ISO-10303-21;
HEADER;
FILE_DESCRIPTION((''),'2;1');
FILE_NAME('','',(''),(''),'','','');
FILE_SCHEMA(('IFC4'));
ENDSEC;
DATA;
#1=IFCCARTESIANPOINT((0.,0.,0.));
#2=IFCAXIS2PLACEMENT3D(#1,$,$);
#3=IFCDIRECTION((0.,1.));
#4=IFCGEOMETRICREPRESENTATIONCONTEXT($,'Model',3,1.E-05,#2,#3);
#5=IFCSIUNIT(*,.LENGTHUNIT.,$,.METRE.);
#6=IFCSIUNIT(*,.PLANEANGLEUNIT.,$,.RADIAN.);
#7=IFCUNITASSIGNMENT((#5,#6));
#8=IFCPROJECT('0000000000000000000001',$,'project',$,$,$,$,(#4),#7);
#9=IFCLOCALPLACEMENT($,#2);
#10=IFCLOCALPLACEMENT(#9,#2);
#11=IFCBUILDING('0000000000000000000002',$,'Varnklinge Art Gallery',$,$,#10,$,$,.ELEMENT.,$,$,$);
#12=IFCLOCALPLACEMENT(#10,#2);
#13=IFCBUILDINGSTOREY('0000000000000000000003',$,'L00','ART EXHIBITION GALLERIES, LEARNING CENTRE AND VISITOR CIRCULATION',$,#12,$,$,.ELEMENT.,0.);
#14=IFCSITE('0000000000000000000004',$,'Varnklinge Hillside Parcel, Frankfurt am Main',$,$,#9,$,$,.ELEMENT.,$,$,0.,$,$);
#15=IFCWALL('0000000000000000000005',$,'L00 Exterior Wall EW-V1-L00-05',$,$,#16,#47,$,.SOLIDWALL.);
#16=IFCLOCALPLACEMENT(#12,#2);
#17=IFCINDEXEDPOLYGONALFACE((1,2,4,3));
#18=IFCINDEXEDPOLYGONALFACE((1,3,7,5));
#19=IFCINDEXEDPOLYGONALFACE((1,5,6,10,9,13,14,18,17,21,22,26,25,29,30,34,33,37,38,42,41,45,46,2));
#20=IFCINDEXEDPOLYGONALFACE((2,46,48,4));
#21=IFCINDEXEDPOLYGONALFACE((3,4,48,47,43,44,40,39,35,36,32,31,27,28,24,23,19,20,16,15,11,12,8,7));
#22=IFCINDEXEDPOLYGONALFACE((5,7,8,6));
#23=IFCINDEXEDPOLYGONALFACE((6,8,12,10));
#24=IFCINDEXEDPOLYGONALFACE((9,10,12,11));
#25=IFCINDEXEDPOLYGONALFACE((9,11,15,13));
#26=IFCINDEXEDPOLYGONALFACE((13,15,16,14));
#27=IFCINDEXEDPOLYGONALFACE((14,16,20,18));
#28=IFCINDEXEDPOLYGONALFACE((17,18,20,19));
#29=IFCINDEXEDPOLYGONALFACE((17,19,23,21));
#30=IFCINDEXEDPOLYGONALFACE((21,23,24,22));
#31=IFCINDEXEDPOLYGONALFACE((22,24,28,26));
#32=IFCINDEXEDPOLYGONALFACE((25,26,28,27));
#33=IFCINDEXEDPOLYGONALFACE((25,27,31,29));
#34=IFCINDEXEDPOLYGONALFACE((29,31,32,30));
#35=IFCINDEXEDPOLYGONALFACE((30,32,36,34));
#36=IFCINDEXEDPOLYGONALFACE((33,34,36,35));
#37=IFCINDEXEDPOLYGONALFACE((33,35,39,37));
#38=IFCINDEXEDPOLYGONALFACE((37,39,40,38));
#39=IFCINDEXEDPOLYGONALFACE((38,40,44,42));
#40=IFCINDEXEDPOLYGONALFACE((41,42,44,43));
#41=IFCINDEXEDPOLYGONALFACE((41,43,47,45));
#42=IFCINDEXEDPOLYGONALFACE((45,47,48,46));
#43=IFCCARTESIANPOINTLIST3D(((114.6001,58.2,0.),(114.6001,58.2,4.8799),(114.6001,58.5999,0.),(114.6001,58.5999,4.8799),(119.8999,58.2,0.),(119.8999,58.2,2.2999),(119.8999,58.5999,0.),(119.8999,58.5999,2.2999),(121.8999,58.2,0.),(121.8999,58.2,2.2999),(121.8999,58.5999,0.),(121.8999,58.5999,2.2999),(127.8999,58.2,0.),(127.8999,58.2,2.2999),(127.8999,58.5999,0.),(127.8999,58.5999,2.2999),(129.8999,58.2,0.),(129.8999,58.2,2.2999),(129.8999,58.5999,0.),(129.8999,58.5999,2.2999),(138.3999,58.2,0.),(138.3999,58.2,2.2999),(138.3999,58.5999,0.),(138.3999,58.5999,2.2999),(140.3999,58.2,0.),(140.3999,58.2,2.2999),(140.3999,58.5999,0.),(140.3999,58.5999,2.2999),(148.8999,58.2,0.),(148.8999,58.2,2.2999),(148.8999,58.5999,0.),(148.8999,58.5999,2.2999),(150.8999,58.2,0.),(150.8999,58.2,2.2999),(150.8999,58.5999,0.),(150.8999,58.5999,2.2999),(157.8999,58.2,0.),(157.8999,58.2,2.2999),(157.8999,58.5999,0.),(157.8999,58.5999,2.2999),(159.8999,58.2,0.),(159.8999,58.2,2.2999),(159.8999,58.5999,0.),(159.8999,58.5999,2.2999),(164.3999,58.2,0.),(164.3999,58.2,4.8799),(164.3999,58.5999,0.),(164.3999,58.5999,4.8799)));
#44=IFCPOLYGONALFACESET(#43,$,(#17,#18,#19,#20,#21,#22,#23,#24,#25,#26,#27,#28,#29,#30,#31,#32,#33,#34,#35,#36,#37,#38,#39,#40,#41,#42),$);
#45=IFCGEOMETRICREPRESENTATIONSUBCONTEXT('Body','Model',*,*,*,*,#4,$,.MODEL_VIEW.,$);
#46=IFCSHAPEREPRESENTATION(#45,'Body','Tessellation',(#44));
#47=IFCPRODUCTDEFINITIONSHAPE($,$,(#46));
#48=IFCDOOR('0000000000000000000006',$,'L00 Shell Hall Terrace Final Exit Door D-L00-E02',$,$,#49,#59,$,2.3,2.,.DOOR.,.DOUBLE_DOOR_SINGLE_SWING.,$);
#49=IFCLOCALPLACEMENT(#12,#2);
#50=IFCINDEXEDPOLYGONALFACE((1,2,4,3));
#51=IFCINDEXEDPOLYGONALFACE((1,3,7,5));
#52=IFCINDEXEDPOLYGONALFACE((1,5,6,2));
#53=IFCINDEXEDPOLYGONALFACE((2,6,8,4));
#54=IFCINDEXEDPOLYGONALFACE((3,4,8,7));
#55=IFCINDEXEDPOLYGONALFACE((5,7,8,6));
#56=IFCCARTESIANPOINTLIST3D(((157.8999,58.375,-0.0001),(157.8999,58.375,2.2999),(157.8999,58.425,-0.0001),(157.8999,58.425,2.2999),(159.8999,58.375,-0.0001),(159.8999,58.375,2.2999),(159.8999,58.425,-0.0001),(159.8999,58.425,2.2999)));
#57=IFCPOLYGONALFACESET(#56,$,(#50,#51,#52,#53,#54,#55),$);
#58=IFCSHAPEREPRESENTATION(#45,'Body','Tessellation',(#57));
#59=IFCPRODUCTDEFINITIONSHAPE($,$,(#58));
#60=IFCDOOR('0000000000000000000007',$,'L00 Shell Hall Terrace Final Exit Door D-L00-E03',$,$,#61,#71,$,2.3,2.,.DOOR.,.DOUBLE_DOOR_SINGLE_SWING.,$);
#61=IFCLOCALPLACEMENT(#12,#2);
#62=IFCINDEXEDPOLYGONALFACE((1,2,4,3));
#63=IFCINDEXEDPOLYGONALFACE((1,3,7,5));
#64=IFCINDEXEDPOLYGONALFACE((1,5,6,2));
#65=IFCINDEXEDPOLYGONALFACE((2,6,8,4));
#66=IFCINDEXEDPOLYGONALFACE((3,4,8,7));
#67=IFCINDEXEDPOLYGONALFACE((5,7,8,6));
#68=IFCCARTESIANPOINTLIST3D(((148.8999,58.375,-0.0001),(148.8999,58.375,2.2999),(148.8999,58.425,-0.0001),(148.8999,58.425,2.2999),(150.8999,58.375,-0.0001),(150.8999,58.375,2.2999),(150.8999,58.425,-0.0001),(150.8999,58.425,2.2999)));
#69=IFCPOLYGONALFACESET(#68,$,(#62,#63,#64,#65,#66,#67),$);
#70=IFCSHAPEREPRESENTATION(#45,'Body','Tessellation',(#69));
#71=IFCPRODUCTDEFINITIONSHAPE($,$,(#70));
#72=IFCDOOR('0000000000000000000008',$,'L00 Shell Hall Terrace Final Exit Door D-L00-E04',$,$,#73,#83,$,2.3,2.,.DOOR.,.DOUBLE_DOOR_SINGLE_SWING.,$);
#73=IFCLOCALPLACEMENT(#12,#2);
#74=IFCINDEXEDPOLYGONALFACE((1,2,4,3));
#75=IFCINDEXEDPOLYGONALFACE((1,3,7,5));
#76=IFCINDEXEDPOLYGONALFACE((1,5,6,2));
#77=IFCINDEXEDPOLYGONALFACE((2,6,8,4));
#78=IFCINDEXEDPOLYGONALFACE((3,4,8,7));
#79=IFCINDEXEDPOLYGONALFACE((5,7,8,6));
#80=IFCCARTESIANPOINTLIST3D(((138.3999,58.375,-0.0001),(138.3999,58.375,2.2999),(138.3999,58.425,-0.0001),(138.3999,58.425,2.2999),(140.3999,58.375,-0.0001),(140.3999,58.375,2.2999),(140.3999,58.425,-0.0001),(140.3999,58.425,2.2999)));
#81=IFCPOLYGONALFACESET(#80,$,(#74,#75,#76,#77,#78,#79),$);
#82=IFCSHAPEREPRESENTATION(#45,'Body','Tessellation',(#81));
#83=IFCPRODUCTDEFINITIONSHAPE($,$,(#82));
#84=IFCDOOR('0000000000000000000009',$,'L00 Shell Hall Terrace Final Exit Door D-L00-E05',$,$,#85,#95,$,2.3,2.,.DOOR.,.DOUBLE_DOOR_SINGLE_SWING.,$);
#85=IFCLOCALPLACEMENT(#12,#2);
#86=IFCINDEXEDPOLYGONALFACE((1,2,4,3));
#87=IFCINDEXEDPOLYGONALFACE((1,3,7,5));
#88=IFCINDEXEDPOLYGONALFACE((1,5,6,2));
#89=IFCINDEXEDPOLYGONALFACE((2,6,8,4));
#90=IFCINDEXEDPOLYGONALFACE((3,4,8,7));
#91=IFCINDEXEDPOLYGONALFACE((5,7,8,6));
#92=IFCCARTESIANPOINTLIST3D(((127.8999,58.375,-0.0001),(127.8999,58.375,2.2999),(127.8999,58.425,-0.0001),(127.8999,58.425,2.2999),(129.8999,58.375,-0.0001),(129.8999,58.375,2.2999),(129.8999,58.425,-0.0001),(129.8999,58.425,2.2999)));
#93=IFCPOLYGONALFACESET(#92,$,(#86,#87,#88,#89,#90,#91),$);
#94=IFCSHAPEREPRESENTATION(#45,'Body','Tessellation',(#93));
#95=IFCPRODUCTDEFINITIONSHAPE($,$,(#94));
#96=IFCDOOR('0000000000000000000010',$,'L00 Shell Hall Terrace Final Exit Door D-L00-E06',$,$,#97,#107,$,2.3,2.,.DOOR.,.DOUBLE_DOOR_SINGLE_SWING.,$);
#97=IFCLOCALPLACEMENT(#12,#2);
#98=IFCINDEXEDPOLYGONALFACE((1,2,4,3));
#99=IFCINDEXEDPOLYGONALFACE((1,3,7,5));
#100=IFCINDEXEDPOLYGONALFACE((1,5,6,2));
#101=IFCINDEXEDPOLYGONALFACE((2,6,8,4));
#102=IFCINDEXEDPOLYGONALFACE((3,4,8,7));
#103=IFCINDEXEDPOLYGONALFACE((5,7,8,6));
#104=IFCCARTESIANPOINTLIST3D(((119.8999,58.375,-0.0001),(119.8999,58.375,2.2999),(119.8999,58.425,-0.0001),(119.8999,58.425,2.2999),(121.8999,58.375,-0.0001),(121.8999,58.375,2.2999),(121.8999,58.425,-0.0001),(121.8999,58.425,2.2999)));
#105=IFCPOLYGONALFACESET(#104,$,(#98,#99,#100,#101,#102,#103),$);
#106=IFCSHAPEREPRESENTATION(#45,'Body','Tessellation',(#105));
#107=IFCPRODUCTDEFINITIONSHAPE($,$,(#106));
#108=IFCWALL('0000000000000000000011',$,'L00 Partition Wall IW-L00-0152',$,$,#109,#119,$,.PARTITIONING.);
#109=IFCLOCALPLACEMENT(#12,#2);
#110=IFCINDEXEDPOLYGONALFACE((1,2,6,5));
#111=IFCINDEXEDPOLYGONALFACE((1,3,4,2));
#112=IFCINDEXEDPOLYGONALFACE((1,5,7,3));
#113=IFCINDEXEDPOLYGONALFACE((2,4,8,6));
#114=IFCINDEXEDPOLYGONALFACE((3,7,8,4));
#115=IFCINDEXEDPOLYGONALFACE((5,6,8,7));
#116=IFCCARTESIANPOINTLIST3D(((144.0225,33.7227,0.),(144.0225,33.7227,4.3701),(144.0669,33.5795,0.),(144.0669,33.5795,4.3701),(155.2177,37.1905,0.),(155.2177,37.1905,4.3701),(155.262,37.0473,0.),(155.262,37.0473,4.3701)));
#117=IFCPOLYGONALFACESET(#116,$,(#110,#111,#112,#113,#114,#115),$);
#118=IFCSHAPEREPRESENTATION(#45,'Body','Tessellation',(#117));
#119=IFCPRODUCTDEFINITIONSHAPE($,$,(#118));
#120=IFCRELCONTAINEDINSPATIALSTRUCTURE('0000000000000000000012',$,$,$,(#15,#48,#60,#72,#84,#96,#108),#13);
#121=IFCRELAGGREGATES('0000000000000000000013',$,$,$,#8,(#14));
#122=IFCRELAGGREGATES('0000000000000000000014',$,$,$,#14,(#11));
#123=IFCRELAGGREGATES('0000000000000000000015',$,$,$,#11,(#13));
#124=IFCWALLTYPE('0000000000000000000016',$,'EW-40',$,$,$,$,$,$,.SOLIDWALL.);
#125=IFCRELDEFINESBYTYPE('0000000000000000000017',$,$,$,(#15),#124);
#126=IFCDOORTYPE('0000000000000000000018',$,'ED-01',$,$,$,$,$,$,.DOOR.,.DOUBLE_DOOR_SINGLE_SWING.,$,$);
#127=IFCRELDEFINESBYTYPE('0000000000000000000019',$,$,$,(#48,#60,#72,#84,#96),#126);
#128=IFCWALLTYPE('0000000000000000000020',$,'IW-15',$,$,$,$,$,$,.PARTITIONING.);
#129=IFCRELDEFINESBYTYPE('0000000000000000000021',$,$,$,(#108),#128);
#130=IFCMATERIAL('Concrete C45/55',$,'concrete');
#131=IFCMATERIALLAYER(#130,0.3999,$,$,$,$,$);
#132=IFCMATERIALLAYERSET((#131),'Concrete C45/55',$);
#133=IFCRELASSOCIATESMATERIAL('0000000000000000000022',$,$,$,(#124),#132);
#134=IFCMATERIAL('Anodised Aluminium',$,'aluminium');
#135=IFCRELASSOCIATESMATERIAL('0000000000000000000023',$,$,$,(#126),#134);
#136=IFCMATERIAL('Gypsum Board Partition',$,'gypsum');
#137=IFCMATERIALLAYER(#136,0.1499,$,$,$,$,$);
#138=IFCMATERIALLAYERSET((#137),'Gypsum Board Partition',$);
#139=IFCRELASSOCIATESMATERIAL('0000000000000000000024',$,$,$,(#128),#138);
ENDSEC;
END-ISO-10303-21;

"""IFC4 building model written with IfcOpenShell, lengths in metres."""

from ifc_helpers import new_model, si_unit, direction, frame, frame_2d, origin, place, context, subcontext, project, spatial, rectangle, extrude, material, layer, layer_set, type_object, element, fill, save


model = new_model("IFC4")

# Units and contexts
model_context = context("Model", 3, precision=1e-05, world=origin(), true_north=direction((0.0, 1.0)))
body_context = subcontext(model_context, "Body", "Model", "MODEL_VIEW")
ifc_project = project(units=[si_unit("LENGTHUNIT", "METRE"), si_unit("PLANEANGLEUNIT", "RADIAN")], contexts=[model_context])

# Site, building, storey
site_placement = place(None, origin())
site = spatial("IfcSite", under=ifc_project, at=site_placement, Name="Varnklinge Hillside Parcel, Frankfurt am Main", CompositionType="ELEMENT", RefElevation=0.0)
building_placement = place(site_placement, origin())
building = spatial("IfcBuilding", under=site, at=building_placement, Name="Varnklinge Art Gallery", CompositionType="ELEMENT")
storey_placement = place(building_placement, origin())
storey = spatial("IfcBuildingStorey", under=building, at=storey_placement, Name="L00", Description="ART EXHIBITION GALLERIES, LEARNING CENTRE AND VISITOR CIRCULATION", CompositionType="ELEMENT", Elevation=0.0)

# Wall, openings, doors
ifc_material_1 = material(Name="Concrete C45/55", Category="concrete")
ifc_layer_1 = layer(ifc_material_1, 0.3999)
ifc_layer_set_1 = layer_set([ifc_layer_1], Name="Concrete C45/55")
wall_type_1 = type_object("IfcWallType", Name="EW-40", PredefinedType="SOLIDWALL", material=ifc_layer_set_1)
wall_1_placement = place(storey_placement, frame((164.3999, 58.3999, 0.0), z_axis=(0.0, 0.0, 1.0), x_axis=(-1.0, 0.0, 0.0)))
wall_1 = element("IfcWall", 1, at=wall_1_placement, inside=storey, type_object=wall_type_1, Name="L00 Exterior Wall EW-V1-L00-05", PredefinedType="SOLIDWALL", context=body_context, shape_type="SweptSolid", body=[
    extrude(rectangle(XDim=49.7998, YDim=0.3999, at=frame_2d((24.8999, 0.0))), origin(), (0.0, 0.0, 1.0), 4.8799),
])
opening_1_placement = place(wall_1_placement, frame((4.5, 0.0, 0.0)))
opening_1 = element("IfcOpeningElement", 2, at=opening_1_placement, cuts=wall_1, PredefinedType="OPENING", context=body_context, shape_type="SweptSolid", body=[
    extrude(rectangle(XDim=2.0, YDim=2.3, at=frame_2d((1.0, 1.1499))), frame((0.0, 0.21, 0.0), z_axis=(0.0, -1.0, 0.0), x_axis=(1.0, 0.0, 0.0)), (0.0, 0.0, 1.0), 0.4199),
])
opening_2_placement = place(wall_1_placement, frame((13.5, 0.0, 0.0)))
opening_2 = element("IfcOpeningElement", 3, at=opening_2_placement, cuts=wall_1, PredefinedType="OPENING", context=body_context, shape_type="SweptSolid", body=[
    extrude(rectangle(XDim=2.0, YDim=2.3, at=frame_2d((1.0, 1.1499))), frame((0.0, 0.21, 0.0), z_axis=(0.0, -1.0, 0.0), x_axis=(1.0, 0.0, 0.0)), (0.0, 0.0, 1.0), 0.4199),
])
opening_3_placement = place(wall_1_placement, frame((24.0, 0.0, 0.0)))
opening_3 = element("IfcOpeningElement", 4, at=opening_3_placement, cuts=wall_1, PredefinedType="OPENING", context=body_context, shape_type="SweptSolid", body=[
    extrude(rectangle(XDim=2.0, YDim=2.3, at=frame_2d((1.0, 1.1499))), frame((0.0, 0.21, 0.0), z_axis=(0.0, -1.0, 0.0), x_axis=(1.0, 0.0, 0.0)), (0.0, 0.0, 1.0), 0.4199),
])
opening_4_placement = place(wall_1_placement, frame((34.5, 0.0, 0.0)))
opening_4 = element("IfcOpeningElement", 5, at=opening_4_placement, cuts=wall_1, PredefinedType="OPENING", context=body_context, shape_type="SweptSolid", body=[
    extrude(rectangle(XDim=2.0, YDim=2.3, at=frame_2d((1.0, 1.1499))), frame((0.0, 0.21, 0.0), z_axis=(0.0, -1.0, 0.0), x_axis=(1.0, 0.0, 0.0)), (0.0, 0.0, 1.0), 0.4199),
])
opening_5_placement = place(wall_1_placement, frame((42.5, 0.0, 0.0)))
opening_5 = element("IfcOpeningElement", 6, at=opening_5_placement, cuts=wall_1, PredefinedType="OPENING", context=body_context, shape_type="SweptSolid", body=[
    extrude(rectangle(XDim=2.0, YDim=2.3, at=frame_2d((1.0, 1.1499))), frame((0.0, 0.21, 0.0), z_axis=(0.0, -1.0, 0.0), x_axis=(1.0, 0.0, 0.0)), (0.0, 0.0, 1.0), 0.4199),
])
ifc_material_2 = material(Name="Anodised Aluminium", Category="aluminium")
door_type = type_object("IfcDoorType", Name="ED-01", OperationType="DOUBLE_DOOR_SINGLE_SWING", PredefinedType="DOOR", material=ifc_material_2)
door_1_placement = place(opening_1_placement, origin())
door_1 = element("IfcDoor", 7, at=door_1_placement, inside=storey, type_object=door_type, Name="L00 Shell Hall Terrace Final Exit Door D-L00-E02", OperationType="DOUBLE_DOOR_SINGLE_SWING", OverallHeight=2.3, OverallWidth=2.0, PredefinedType="DOOR", context=body_context, shape_type="SweptSolid", body=[
    extrude(rectangle(XDim=2.0, YDim=2.3, at=frame_2d((1.0, 1.1499))), frame((0.0, 0.0249, 0.0), z_axis=(0.0, -1.0, 0.0), x_axis=(1.0, 0.0, 0.0)), (0.0, 0.0, 1.0), 0.05),
])
fill(opening_1, door_1)
door_2_placement = place(opening_2_placement, origin())
door_2 = element("IfcDoor", 8, at=door_2_placement, inside=storey, type_object=door_type, Name="L00 Shell Hall Terrace Final Exit Door D-L00-E03", OperationType="DOUBLE_DOOR_SINGLE_SWING", OverallHeight=2.3, OverallWidth=2.0, PredefinedType="DOOR", context=body_context, shape_type="SweptSolid", body=[
    extrude(rectangle(XDim=2.0, YDim=2.3, at=frame_2d((1.0, 1.1499))), frame((0.0, 0.0249, 0.0), z_axis=(0.0, -1.0, 0.0), x_axis=(1.0, 0.0, 0.0)), (0.0, 0.0, 1.0), 0.05),
])
fill(opening_2, door_2)
door_3_placement = place(opening_3_placement, origin())
door_3 = element("IfcDoor", 9, at=door_3_placement, inside=storey, type_object=door_type, Name="L00 Shell Hall Terrace Final Exit Door D-L00-E04", OperationType="DOUBLE_DOOR_SINGLE_SWING", OverallHeight=2.3, OverallWidth=2.0, PredefinedType="DOOR", context=body_context, shape_type="SweptSolid", body=[
    extrude(rectangle(XDim=2.0, YDim=2.3, at=frame_2d((1.0, 1.1499))), frame((0.0, 0.0249, 0.0), z_axis=(0.0, -1.0, 0.0), x_axis=(1.0, 0.0, 0.0)), (0.0, 0.0, 1.0), 0.05),
])
fill(opening_3, door_3)
door_4_placement = place(opening_4_placement, origin())
door_4 = element("IfcDoor", 10, at=door_4_placement, inside=storey, type_object=door_type, Name="L00 Shell Hall Terrace Final Exit Door D-L00-E05", OperationType="DOUBLE_DOOR_SINGLE_SWING", OverallHeight=2.3, OverallWidth=2.0, PredefinedType="DOOR", context=body_context, shape_type="SweptSolid", body=[
    extrude(rectangle(XDim=2.0, YDim=2.3, at=frame_2d((1.0, 1.1499))), frame((0.0, 0.0249, 0.0), z_axis=(0.0, -1.0, 0.0), x_axis=(1.0, 0.0, 0.0)), (0.0, 0.0, 1.0), 0.05),
])
fill(opening_4, door_4)
door_5_placement = place(opening_5_placement, origin())
door_5 = element("IfcDoor", 11, at=door_5_placement, inside=storey, type_object=door_type, Name="L00 Shell Hall Terrace Final Exit Door D-L00-E06", OperationType="DOUBLE_DOOR_SINGLE_SWING", OverallHeight=2.3, OverallWidth=2.0, PredefinedType="DOOR", context=body_context, shape_type="SweptSolid", body=[
    extrude(rectangle(XDim=2.0, YDim=2.3, at=frame_2d((1.0, 1.1499))), frame((0.0, 0.0249, 0.0), z_axis=(0.0, -1.0, 0.0), x_axis=(1.0, 0.0, 0.0)), (0.0, 0.0, 1.0), 0.05),
])
fill(opening_5, door_5)

# Wall
ifc_material_3 = material(Name="Gypsum Board Partition", Category="gypsum")
ifc_layer_2 = layer(ifc_material_3, 0.1499)
ifc_layer_set_2 = layer_set([ifc_layer_2], Name="Gypsum Board Partition")
wall_type_2 = type_object("IfcWallType", Name="IW-15", PredefinedType="PARTITIONING", material=ifc_layer_set_2)
wall_2_placement = place(storey_placement, frame((155.2397, 37.1189, 0.0), z_axis=(0.0, 0.0, 1.0), x_axis=(-0.955222, -0.295889, 0.0)))
element("IfcWall", 12, at=wall_2_placement, inside=storey, type_object=wall_type_2, Name="L00 Partition Wall IW-L00-0152", PredefinedType="PARTITIONING", context=body_context, shape_type="SweptSolid", body=[
    extrude(rectangle(XDim=11.72, YDim=0.1499, at=frame_2d((5.8599, 0.0))), origin(), (0.0, 0.0, 1.0), 4.3701),
])

save(model, "model.ifc")
